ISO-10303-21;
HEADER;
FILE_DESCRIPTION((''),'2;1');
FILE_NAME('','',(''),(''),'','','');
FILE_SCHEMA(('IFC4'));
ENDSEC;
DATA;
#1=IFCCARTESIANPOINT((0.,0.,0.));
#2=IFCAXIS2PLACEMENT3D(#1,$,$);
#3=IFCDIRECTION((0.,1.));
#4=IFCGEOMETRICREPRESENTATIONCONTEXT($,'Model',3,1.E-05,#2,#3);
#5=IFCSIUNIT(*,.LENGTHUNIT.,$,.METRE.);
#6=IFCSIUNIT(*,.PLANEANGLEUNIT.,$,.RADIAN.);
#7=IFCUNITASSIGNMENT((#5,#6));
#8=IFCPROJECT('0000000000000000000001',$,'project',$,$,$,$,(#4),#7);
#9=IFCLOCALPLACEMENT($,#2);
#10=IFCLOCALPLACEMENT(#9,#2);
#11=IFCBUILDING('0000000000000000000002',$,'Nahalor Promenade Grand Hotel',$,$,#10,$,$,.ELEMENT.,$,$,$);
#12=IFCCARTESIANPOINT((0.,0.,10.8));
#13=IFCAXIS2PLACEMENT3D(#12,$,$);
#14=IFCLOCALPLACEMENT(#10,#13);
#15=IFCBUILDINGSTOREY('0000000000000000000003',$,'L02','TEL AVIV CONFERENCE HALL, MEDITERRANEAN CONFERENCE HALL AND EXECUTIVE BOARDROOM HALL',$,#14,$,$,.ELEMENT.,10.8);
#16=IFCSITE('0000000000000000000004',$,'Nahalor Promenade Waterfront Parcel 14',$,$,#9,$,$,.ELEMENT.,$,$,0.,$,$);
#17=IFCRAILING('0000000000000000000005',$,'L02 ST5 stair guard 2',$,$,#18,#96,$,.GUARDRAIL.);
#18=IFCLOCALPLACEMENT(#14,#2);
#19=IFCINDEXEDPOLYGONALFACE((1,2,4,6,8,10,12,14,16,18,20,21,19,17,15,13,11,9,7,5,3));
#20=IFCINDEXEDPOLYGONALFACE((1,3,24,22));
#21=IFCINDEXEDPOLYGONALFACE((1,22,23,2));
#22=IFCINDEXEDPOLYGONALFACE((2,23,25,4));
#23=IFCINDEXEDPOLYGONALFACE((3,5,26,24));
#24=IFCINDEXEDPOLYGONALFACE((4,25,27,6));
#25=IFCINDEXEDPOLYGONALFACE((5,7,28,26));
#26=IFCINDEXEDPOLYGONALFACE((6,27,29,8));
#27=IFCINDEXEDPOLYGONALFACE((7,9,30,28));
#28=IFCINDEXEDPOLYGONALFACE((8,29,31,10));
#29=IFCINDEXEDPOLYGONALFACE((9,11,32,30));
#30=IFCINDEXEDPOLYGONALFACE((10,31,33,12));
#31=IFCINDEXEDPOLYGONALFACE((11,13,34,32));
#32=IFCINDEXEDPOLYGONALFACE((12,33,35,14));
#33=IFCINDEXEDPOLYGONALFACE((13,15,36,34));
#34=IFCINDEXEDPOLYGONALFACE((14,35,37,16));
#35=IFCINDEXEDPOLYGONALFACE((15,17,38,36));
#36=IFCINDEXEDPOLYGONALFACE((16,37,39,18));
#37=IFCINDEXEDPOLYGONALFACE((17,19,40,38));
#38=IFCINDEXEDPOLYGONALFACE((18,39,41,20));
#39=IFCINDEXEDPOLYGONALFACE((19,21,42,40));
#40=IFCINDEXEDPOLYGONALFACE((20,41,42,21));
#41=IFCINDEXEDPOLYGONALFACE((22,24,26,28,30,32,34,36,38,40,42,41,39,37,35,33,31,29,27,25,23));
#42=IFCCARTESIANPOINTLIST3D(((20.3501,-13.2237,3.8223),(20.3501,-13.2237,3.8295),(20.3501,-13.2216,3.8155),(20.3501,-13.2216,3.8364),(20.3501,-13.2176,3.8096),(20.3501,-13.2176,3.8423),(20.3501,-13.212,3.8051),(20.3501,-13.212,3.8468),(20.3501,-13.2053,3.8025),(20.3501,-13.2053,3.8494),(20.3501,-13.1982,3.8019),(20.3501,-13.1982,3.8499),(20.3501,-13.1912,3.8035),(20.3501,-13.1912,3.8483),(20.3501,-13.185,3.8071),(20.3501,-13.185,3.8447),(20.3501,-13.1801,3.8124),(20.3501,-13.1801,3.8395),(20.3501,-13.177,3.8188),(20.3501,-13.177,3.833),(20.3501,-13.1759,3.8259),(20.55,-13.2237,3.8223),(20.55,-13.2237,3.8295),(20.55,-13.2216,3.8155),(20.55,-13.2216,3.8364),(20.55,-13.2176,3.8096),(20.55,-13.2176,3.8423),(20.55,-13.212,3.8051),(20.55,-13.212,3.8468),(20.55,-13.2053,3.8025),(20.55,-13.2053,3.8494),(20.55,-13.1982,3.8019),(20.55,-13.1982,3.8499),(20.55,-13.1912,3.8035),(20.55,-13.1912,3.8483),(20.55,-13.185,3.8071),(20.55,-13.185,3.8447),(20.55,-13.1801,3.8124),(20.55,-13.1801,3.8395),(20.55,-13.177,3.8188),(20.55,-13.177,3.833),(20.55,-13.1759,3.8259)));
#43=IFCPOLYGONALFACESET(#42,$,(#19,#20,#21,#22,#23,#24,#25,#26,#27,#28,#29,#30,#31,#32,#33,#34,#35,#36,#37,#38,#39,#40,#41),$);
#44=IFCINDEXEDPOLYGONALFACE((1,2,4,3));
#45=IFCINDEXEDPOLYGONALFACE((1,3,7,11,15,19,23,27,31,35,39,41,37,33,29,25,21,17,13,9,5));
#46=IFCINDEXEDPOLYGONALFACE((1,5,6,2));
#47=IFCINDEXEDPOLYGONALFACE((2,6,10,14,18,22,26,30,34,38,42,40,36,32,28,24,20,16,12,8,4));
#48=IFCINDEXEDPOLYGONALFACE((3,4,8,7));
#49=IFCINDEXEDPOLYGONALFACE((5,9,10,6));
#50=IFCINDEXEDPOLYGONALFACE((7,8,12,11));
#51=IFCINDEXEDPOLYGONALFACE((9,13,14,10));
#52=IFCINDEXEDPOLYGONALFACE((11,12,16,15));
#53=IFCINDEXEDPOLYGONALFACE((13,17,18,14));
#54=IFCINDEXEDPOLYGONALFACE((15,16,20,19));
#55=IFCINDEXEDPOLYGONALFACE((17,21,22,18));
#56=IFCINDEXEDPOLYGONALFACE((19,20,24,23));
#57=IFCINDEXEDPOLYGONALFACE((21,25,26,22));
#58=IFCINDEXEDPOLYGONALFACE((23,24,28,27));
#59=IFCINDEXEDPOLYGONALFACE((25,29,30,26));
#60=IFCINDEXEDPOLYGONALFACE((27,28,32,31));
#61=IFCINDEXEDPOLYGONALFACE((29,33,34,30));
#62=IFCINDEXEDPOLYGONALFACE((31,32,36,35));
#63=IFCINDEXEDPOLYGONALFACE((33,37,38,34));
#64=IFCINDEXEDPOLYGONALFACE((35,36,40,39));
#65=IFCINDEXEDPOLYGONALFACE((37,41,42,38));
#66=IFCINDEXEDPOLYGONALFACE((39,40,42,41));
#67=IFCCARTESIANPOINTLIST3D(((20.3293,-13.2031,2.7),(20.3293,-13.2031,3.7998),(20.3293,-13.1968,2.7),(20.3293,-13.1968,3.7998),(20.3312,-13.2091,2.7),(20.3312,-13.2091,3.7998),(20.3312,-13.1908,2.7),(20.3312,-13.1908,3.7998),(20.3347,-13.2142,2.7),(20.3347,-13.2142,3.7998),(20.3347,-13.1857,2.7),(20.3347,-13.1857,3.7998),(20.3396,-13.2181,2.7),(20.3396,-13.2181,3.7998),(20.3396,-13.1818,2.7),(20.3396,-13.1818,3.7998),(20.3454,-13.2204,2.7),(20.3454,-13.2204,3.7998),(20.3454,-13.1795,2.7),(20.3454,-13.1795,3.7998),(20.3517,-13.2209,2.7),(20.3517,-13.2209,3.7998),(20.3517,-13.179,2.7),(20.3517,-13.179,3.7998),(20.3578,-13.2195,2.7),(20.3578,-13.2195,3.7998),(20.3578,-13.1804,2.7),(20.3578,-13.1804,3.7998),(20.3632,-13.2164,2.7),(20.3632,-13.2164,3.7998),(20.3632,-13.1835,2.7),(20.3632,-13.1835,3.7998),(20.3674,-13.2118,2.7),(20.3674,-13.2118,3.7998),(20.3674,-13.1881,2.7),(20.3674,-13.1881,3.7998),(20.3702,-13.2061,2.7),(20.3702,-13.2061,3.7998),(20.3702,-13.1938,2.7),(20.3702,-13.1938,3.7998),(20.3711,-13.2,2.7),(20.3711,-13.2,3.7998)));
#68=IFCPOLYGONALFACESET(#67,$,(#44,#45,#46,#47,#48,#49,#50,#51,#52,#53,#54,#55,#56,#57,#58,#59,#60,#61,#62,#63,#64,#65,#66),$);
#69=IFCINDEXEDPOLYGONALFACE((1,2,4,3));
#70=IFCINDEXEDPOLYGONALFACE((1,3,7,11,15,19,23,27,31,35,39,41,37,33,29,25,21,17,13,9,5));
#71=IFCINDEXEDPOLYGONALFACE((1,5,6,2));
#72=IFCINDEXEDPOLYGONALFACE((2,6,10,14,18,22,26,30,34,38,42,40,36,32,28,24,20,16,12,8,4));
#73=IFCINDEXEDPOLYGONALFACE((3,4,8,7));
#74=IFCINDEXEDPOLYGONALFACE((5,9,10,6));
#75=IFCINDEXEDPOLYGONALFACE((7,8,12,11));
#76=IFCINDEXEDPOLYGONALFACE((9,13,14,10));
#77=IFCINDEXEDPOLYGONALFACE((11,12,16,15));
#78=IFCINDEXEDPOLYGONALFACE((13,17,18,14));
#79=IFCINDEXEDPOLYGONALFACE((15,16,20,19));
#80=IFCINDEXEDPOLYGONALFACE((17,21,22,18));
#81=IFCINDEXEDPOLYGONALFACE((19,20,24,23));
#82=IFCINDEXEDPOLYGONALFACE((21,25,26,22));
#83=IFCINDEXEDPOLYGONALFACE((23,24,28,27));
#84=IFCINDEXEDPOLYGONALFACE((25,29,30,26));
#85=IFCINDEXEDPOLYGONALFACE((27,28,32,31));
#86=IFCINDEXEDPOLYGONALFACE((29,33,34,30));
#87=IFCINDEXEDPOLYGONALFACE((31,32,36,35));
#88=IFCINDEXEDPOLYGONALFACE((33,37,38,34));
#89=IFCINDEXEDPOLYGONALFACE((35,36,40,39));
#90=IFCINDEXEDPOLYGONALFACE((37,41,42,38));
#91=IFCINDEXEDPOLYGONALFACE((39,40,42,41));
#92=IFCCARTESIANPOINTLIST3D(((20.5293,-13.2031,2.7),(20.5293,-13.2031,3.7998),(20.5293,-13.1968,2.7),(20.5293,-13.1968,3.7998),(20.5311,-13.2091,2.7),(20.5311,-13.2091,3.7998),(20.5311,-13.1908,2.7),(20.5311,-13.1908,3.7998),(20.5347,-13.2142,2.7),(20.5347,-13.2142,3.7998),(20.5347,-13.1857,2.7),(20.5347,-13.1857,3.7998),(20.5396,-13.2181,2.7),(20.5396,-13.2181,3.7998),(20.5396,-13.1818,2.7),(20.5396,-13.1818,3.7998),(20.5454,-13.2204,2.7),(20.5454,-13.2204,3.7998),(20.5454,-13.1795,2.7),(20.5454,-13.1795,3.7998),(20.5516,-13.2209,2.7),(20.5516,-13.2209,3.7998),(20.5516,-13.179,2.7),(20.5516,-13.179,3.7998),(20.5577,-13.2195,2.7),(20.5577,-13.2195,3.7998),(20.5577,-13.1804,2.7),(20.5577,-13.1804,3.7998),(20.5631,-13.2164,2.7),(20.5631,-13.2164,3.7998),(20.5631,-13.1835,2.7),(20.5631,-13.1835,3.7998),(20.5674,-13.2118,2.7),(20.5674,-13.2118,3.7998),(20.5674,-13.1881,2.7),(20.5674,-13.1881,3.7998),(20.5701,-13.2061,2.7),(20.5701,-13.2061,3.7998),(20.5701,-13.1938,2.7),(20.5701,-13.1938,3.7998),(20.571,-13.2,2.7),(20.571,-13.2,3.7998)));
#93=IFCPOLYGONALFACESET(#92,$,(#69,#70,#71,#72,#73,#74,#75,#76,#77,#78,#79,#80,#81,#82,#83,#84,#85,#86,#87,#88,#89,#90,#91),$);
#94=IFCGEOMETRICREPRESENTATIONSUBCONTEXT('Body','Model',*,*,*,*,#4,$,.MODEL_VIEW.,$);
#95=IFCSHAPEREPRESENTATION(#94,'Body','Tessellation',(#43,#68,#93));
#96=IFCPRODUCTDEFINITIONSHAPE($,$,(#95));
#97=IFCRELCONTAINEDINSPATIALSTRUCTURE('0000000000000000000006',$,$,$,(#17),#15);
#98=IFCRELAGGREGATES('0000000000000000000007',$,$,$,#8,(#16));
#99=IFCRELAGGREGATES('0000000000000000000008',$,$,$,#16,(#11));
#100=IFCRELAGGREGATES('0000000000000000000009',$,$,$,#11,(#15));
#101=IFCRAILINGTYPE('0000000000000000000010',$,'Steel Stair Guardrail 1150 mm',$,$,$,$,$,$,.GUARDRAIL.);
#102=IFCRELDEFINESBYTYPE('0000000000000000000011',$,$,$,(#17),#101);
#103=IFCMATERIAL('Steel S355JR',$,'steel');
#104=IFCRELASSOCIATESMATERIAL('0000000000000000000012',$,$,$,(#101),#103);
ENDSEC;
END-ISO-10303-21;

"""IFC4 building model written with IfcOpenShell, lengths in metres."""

from ifc_helpers import new_model, si_unit, direction, frame, origin, origin_2d, place, context, subcontext, project, spatial, circle, extrude, material, type_object, element, save


model = new_model("IFC4")

# Units and contexts
model_context = context("Model", 3, precision=1e-05, world=origin(), true_north=direction((0.0, 1.0)))
body_context = subcontext(model_context, "Body", "Model", "MODEL_VIEW")
ifc_project = project(units=[si_unit("LENGTHUNIT", "METRE"), si_unit("PLANEANGLEUNIT", "RADIAN")], contexts=[model_context])

# Site, building, storey
site_placement = place(None, origin())
site = spatial("IfcSite", under=ifc_project, at=site_placement, Name="Nahalor Promenade Waterfront Parcel 14", CompositionType="ELEMENT", RefElevation=0.0)
building_placement = place(site_placement, origin())
building = spatial("IfcBuilding", under=site, at=building_placement, Name="Nahalor Promenade Grand Hotel", CompositionType="ELEMENT")
storey_placement = place(building_placement, frame((0.0, 0.0, 10.8)))
storey = spatial("IfcBuildingStorey", under=building, at=storey_placement, Name="L02", Description="TEL AVIV CONFERENCE HALL, MEDITERRANEAN CONFERENCE HALL AND EXECUTIVE BOARDROOM HALL", CompositionType="ELEMENT", Elevation=10.8)

# Shared definitions
ifc_material_1 = material(Name="Steel S355JR", Category="steel")

# Railing
railing_type_1 = type_object("IfcRailingType", Name="Steel Stair Guardrail 1150 mm", PredefinedType="GUARDRAIL", material=ifc_material_1)
railing_1_placement = place(storey_placement, frame((20.3501, -13.2, 2.7)))
element("IfcRailing", 1, at=railing_1_placement, inside=storey, type_object=railing_type_1, Name="L02 ST5 stair guard 2", PredefinedType="GUARDRAIL", context=body_context, shape_type="SweptSolid", body=[
    extrude(circle(Radius=0.024, at=origin_2d()), frame((0.0, 0.0, 1.126), z_axis=(1.0, 0.0, 0.0), x_axis=(0.0, 1.0, 0.0)), (0.0, 0.0, 1.0), 0.2),
    extrude(circle(Radius=0.021, at=origin_2d()), origin(), (0.0, 0.0, 1.0), 1.0999),
    extrude(circle(Radius=0.021, at=origin_2d()), frame((0.2, 0.0, 0.0)), (0.0, 0.0, 1.0), 1.0999),
])

save(model, "model.ifc")
